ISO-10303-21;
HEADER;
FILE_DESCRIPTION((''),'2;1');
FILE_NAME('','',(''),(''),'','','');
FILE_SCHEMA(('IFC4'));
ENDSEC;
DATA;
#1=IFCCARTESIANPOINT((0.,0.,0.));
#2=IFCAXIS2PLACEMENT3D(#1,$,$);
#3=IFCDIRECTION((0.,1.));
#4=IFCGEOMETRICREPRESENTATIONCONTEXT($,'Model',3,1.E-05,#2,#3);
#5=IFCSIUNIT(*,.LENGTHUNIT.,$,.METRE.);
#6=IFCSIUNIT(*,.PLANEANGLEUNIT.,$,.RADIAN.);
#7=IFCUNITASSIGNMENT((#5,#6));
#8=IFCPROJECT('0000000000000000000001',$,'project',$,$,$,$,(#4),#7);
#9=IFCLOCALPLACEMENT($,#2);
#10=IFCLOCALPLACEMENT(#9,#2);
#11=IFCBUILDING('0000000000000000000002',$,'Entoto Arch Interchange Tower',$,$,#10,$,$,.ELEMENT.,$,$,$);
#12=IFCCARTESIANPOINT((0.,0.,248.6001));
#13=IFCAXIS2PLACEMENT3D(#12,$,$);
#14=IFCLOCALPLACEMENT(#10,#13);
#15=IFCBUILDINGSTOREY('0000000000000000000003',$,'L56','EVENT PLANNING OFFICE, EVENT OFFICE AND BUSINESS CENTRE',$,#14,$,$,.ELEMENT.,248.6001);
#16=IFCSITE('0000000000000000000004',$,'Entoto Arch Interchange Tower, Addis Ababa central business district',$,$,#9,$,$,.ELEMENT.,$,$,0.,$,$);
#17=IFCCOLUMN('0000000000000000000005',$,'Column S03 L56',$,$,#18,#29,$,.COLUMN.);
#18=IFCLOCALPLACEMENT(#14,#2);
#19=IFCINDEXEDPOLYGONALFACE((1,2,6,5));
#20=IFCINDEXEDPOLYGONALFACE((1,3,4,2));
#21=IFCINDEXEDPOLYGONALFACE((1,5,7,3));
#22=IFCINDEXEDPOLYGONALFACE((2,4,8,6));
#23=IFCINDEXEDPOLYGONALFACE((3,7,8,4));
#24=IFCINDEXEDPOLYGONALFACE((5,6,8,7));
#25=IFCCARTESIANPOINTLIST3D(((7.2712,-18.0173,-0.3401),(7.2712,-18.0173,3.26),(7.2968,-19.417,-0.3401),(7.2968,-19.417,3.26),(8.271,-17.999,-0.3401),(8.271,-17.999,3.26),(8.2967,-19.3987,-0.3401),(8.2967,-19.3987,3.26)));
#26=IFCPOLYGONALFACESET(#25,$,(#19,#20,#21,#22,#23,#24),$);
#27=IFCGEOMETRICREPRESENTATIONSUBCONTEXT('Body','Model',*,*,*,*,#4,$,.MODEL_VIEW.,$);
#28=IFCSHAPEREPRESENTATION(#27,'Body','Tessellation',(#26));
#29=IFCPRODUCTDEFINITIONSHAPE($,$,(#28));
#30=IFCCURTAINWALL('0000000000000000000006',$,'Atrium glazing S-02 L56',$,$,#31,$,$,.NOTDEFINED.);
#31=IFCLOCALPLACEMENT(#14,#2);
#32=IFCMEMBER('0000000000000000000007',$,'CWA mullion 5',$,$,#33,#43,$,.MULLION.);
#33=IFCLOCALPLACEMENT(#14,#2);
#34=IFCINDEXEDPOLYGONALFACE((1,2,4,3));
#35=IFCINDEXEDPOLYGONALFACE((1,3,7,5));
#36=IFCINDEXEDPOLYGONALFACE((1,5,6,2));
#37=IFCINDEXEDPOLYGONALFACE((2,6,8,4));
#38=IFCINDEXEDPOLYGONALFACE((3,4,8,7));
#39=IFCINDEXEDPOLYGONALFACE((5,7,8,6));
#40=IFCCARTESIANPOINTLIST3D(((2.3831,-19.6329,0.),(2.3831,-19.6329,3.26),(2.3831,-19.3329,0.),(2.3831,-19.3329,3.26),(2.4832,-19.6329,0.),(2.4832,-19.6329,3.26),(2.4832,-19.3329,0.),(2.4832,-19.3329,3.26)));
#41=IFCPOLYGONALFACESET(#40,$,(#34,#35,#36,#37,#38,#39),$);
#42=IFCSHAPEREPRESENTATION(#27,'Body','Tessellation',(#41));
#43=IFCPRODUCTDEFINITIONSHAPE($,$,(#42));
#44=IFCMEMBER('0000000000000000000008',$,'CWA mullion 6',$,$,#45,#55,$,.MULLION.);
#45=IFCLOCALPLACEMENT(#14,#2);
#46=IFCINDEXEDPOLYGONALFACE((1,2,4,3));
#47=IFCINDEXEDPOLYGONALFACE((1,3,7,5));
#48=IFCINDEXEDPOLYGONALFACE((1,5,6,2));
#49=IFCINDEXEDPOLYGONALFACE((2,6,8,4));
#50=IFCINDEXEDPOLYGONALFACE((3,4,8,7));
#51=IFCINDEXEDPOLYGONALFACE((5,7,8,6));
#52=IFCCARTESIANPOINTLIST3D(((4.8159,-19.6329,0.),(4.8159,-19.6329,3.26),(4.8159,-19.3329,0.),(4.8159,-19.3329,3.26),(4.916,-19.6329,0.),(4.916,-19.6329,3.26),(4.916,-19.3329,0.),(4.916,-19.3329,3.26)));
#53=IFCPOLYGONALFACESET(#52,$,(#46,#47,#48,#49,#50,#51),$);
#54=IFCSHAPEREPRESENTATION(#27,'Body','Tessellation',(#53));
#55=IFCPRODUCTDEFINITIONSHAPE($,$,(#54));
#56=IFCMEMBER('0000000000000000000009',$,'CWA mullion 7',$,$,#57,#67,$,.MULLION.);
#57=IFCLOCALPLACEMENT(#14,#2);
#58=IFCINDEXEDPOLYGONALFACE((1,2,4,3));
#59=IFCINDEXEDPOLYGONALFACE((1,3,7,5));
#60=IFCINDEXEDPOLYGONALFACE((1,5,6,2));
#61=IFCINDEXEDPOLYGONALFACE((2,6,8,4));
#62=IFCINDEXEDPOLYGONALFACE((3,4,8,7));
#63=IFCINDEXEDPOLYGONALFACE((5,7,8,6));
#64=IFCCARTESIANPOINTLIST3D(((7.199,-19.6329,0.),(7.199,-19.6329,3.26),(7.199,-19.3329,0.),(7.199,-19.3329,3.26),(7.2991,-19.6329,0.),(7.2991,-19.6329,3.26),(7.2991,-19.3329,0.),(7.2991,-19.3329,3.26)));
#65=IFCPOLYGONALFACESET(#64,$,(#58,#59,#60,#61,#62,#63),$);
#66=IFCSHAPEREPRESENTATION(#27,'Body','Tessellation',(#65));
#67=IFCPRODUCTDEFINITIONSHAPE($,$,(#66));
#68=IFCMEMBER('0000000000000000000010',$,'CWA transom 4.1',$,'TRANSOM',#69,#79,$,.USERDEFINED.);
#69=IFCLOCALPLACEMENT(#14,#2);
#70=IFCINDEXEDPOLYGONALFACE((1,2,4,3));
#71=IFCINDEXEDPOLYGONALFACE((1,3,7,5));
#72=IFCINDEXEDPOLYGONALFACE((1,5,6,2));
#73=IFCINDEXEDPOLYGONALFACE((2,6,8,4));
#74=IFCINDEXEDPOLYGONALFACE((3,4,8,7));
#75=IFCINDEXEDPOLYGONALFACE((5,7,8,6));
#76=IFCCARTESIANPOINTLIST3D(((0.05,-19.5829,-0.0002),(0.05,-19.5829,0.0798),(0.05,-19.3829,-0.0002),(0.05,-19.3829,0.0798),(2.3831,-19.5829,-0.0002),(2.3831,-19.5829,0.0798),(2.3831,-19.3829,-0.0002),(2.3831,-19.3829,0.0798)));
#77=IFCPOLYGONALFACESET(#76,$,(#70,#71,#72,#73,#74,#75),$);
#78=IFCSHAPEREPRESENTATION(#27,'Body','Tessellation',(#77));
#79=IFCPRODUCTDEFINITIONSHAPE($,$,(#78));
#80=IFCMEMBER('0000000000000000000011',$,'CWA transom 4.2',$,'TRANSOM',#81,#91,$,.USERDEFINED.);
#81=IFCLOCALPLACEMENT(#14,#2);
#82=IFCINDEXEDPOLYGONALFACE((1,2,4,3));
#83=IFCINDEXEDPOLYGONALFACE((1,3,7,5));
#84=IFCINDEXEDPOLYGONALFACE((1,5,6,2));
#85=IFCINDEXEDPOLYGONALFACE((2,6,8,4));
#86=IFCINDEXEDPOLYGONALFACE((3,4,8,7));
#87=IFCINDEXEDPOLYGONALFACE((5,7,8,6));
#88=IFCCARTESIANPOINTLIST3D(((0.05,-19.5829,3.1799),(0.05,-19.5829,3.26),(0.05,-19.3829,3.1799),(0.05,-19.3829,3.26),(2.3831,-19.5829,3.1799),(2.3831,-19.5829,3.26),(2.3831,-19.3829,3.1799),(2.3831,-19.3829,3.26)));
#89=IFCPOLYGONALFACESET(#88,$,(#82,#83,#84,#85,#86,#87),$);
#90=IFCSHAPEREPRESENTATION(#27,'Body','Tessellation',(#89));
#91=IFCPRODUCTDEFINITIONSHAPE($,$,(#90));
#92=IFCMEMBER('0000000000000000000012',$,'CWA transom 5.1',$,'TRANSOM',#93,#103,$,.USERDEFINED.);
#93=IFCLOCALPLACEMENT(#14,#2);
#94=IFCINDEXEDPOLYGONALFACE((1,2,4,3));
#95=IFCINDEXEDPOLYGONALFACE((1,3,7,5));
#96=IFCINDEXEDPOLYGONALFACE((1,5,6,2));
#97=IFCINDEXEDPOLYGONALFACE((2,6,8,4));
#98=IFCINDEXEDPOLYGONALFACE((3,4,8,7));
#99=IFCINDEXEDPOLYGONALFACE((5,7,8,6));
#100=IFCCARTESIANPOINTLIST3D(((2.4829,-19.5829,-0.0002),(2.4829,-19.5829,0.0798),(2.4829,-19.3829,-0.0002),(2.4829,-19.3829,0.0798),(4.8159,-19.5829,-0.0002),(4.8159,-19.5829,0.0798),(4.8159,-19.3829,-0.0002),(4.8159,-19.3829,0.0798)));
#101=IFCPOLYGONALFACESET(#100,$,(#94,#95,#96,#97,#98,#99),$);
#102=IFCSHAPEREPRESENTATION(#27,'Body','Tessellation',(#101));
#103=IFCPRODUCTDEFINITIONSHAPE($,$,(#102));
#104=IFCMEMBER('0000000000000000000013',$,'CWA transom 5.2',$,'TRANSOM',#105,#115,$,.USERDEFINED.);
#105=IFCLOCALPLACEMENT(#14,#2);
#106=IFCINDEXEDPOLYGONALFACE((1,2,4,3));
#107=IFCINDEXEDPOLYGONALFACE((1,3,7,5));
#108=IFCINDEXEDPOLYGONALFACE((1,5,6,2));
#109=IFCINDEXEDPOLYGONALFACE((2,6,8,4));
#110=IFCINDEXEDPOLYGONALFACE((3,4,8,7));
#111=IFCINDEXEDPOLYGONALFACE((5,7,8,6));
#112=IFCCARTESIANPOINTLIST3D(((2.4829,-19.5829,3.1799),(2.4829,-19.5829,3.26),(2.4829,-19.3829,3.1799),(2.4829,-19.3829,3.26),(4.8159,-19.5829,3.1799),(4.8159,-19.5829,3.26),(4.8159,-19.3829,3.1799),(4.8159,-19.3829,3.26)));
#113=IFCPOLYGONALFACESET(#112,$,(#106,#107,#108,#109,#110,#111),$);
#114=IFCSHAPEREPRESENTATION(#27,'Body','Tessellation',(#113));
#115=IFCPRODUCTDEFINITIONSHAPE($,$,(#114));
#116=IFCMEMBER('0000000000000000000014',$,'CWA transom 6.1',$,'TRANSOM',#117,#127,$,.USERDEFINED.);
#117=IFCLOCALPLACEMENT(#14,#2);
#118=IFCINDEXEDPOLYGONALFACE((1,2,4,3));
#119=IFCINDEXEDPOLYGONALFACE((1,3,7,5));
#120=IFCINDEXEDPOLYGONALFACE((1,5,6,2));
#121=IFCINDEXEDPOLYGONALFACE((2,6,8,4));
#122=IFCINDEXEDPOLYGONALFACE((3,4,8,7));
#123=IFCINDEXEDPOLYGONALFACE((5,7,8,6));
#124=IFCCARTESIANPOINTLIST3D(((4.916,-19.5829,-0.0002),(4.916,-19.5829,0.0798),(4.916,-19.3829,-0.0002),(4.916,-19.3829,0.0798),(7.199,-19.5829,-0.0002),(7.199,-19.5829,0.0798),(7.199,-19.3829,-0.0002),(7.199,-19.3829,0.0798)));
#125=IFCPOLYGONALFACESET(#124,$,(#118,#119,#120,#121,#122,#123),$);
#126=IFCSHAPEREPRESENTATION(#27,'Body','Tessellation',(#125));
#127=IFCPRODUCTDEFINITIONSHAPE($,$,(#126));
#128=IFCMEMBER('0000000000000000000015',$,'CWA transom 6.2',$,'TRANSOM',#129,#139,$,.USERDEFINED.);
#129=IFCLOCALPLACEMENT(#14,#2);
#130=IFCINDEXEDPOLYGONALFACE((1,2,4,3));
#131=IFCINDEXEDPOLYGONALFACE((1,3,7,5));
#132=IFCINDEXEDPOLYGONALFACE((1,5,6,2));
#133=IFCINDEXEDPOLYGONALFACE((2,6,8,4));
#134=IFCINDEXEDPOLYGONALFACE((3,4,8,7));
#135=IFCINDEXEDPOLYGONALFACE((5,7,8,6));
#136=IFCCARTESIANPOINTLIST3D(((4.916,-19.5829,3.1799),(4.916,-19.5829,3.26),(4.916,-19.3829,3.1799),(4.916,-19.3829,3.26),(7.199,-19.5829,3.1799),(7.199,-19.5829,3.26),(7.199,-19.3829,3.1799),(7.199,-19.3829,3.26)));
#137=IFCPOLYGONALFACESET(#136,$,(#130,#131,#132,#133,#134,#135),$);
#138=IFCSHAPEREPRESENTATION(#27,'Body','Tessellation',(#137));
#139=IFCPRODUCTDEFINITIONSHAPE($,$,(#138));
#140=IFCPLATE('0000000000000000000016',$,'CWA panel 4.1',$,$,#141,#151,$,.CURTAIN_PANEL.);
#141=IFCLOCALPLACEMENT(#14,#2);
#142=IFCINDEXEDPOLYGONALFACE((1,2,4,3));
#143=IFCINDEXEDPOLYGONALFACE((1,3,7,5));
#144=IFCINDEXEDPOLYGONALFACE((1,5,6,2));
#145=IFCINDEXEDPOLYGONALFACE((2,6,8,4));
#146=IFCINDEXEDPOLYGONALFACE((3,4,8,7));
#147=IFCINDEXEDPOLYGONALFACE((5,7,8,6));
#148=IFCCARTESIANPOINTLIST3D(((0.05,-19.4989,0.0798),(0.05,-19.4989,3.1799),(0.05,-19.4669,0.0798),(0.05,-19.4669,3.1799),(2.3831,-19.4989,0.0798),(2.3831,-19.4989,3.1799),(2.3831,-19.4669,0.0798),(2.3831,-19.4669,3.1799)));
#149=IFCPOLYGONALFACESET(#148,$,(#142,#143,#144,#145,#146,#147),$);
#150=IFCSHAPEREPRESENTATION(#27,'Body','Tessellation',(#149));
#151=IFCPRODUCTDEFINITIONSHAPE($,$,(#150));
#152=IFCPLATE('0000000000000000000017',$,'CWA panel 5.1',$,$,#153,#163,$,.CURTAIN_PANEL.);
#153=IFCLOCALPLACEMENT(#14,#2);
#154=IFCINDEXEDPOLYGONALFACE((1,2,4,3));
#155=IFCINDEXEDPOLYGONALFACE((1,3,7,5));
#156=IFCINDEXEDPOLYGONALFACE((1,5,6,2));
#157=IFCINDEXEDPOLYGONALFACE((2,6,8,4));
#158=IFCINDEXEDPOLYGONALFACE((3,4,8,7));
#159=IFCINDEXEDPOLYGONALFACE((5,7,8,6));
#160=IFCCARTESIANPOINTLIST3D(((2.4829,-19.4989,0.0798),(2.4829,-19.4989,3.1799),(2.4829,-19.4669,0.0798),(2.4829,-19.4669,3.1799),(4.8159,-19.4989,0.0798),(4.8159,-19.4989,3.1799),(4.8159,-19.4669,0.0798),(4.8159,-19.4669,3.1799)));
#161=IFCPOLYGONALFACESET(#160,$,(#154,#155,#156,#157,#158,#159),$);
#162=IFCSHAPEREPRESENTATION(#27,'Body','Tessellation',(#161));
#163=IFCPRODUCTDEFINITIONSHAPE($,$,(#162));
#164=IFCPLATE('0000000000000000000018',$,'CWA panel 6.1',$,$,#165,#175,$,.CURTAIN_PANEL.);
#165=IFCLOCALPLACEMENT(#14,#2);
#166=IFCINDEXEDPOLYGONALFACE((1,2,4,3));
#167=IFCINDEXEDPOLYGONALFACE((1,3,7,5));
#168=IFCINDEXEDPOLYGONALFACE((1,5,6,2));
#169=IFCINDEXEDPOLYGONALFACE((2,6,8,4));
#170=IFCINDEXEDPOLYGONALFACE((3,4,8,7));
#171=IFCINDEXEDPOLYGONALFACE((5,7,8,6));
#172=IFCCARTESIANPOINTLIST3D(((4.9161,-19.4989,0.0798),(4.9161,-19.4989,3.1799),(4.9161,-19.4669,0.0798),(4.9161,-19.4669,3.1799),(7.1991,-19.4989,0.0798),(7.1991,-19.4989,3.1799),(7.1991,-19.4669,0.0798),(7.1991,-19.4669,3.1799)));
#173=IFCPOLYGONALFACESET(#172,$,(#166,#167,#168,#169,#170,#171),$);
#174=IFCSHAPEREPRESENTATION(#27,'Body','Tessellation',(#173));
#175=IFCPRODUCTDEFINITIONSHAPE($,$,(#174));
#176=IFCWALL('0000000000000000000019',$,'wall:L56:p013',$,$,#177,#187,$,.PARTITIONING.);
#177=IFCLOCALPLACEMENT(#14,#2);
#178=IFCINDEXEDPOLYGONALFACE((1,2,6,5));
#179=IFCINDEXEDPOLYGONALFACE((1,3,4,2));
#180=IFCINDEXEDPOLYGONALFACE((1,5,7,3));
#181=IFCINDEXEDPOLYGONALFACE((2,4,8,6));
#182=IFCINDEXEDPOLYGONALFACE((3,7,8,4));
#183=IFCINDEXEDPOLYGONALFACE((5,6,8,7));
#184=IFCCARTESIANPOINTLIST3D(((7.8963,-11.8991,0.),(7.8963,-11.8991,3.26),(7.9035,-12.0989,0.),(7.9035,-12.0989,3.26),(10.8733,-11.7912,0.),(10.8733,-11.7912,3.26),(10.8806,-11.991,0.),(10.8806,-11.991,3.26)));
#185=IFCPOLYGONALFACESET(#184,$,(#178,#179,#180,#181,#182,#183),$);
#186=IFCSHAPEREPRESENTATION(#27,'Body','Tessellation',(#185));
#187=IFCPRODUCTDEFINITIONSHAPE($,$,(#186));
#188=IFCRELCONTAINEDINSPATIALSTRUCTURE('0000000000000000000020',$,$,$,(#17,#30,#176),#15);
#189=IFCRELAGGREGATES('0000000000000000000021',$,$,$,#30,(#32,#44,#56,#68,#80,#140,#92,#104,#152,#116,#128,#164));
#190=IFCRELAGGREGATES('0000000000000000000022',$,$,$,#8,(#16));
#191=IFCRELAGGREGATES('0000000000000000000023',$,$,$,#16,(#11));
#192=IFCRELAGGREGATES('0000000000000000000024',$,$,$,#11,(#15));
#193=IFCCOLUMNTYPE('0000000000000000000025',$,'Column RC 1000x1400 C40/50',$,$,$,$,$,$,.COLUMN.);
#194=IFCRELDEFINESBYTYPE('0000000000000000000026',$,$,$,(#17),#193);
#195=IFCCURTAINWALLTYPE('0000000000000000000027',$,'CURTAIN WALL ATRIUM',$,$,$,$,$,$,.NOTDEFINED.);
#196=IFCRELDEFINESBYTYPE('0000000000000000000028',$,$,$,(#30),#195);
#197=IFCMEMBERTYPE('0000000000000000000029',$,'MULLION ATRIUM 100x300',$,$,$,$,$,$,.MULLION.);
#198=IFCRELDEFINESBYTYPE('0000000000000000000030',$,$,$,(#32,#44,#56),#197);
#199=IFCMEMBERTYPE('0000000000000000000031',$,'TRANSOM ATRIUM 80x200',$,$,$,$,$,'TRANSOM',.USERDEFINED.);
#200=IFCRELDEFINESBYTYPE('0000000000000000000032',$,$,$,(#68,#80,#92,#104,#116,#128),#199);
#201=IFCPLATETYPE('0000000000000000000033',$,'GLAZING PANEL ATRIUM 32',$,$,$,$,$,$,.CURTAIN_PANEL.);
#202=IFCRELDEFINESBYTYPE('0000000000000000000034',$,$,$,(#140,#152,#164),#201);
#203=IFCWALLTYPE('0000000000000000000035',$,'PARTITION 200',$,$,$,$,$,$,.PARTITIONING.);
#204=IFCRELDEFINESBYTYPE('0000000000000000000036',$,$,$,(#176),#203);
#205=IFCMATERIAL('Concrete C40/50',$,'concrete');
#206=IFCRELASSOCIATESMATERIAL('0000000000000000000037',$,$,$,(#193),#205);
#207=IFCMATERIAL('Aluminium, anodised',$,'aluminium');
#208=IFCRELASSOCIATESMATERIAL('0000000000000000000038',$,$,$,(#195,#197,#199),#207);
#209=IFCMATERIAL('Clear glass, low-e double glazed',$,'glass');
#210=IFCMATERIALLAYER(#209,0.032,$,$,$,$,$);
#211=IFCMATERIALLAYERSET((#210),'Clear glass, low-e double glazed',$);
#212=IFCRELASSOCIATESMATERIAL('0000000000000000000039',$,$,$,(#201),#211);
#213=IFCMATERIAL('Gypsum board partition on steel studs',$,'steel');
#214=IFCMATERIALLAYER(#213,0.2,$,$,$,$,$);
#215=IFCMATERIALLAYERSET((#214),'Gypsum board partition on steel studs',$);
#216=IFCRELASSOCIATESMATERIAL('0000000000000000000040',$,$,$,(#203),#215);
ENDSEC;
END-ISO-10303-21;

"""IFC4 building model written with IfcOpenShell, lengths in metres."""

from ifc_helpers import new_model, si_unit, direction, frame, frame_2d, origin, origin_2d, place, context, subcontext, project, spatial, rectangle, extrude, material, layer, layer_set, material_profile, profile_set, type_object, element, aggregate, save


model = new_model("IFC4")

# Units and contexts
model_context = context("Model", 3, precision=1e-05, world=origin(), true_north=direction((0.0, 1.0)))
body_context = subcontext(model_context, "Body", "Model", "MODEL_VIEW")
ifc_project = project(units=[si_unit("LENGTHUNIT", "METRE"), si_unit("PLANEANGLEUNIT", "RADIAN")], contexts=[model_context])

# Site, building, storey
site_placement = place(None, origin())
site = spatial("IfcSite", under=ifc_project, at=site_placement, Name="Entoto Arch Interchange Tower, Addis Ababa central business district", CompositionType="ELEMENT", RefElevation=0.0)
building_placement = place(site_placement, origin())
building = spatial("IfcBuilding", under=site, at=building_placement, Name="Entoto Arch Interchange Tower", CompositionType="ELEMENT")
storey_placement = place(building_placement, frame((0.0, 0.0, 248.6001)))
storey = spatial("IfcBuildingStorey", under=building, at=storey_placement, Name="L56", Description="EVENT PLANNING OFFICE, EVENT OFFICE AND BUSINESS CENTRE", CompositionType="ELEMENT", Elevation=248.6001)

# Column
ifc_material_1 = material(Name="Concrete C40/50", Category="concrete")
ifc_material_profile_1 = material_profile(ifc_material_1, rectangle(XDim=1.0, YDim=1.3999, at=origin_2d()))
ifc_profile_set_1 = profile_set([ifc_material_profile_1], Name="Concrete C40/50")
column_type = type_object("IfcColumnType", Name="Column RC 1000x1400 C40/50", PredefinedType="COLUMN", material=ifc_profile_set_1)
column_placement = place(storey_placement, frame((7.7839, -18.708, -0.3401), z_axis=(0.0, 0.0, 1.0), x_axis=(0.999833, 0.01829, 0.0)))
element("IfcColumn", 1, at=column_placement, inside=storey, type_object=column_type, Name="Column S03 L56", PredefinedType="COLUMN", context=body_context, shape_type="SweptSolid", body=[
    extrude(rectangle(XDim=1.0, YDim=1.3999, at=origin_2d()), origin(), (0.0, 0.0, 1.0), 3.6001),
])

# Curtain wall, members, plates
ifc_material_2 = material(Name="Aluminium, anodised", Category="aluminium")
curtain_wall_type = type_object("IfcCurtainWallType", Name="CURTAIN WALL ATRIUM", PredefinedType="NOTDEFINED", material=ifc_material_2)
curtain_wall_placement = place(storey_placement, origin())
curtain_wall = element("IfcCurtainWall", 2, at=curtain_wall_placement, inside=storey, type_object=curtain_wall_type, Name="Atrium glazing S-02 L56", PredefinedType="NOTDEFINED")
ifc_material_profile_2 = material_profile(ifc_material_2, rectangle(XDim=0.3, YDim=0.1001, at=origin_2d()))
ifc_profile_set_2 = profile_set([ifc_material_profile_2], Name="Aluminium, anodised")
member_type_1 = type_object("IfcMemberType", Name="MULLION ATRIUM 100x300", PredefinedType="MULLION", material=ifc_profile_set_2)
member_1_placement = place(storey_placement, frame((2.4331, -19.4829, 0.0), z_axis=(0.0, 0.0, 1.0), x_axis=(0.0, 1.0, 0.0)))
member_1 = element("IfcMember", 3, at=member_1_placement, type_object=member_type_1, Name="CWA mullion 5", PredefinedType="MULLION", context=body_context, shape_type="SweptSolid", body=[
    extrude(rectangle(XDim=0.3, YDim=0.1001, at=origin_2d()), origin(), (0.0, 0.0, 1.0), 3.26),
])
member_2_placement = place(storey_placement, frame((4.866, -19.4829, 0.0), z_axis=(0.0, 0.0, 1.0), x_axis=(0.0, 1.0, 0.0)))
member_2 = element("IfcMember", 4, at=member_2_placement, type_object=member_type_1, Name="CWA mullion 6", PredefinedType="MULLION", context=body_context, shape_type="SweptSolid", body=[
    extrude(rectangle(XDim=0.3, YDim=0.1001, at=origin_2d()), origin(), (0.0, 0.0, 1.0), 3.26),
])
member_3_placement = place(storey_placement, frame((7.249, -19.4829, 0.0), z_axis=(0.0, 0.0, 1.0), x_axis=(0.0, 1.0, 0.0)))
member_3 = element("IfcMember", 5, at=member_3_placement, type_object=member_type_1, Name="CWA mullion 7", PredefinedType="MULLION", context=body_context, shape_type="SweptSolid", body=[
    extrude(rectangle(XDim=0.3, YDim=0.1001, at=origin_2d()), origin(), (0.0, 0.0, 1.0), 3.26),
])
ifc_material_profile_3 = material_profile(ifc_material_2, rectangle(XDim=0.2, YDim=0.0801, at=origin_2d()))
ifc_profile_set_3 = profile_set([ifc_material_profile_3], Name="Aluminium, anodised")
member_type_2 = type_object("IfcMemberType", Name="TRANSOM ATRIUM 80x200", ElementType="TRANSOM", PredefinedType="USERDEFINED", material=ifc_profile_set_3)
member_4_placement = place(storey_placement, frame((0.05, -19.4829, 0.0398), z_axis=(1.0, 0.0, 0.0), x_axis=(0.0, 1.0, 0.0)))
member_4 = element("IfcMember", 6, at=member_4_placement, type_object=member_type_2, Name="CWA transom 4.1", ObjectType="TRANSOM", PredefinedType="USERDEFINED", context=body_context, shape_type="SweptSolid", body=[
    extrude(rectangle(XDim=0.2, YDim=0.0801, at=origin_2d()), origin(), (0.0, 0.0, 1.0), 2.333),
])
member_5_placement = place(storey_placement, frame((0.05, -19.4829, 3.22), z_axis=(1.0, 0.0, 0.0), x_axis=(0.0, 1.0, 0.0)))
member_5 = element("IfcMember", 7, at=member_5_placement, type_object=member_type_2, Name="CWA transom 4.2", ObjectType="TRANSOM", PredefinedType="USERDEFINED", context=body_context, shape_type="SweptSolid", body=[
    extrude(rectangle(XDim=0.2, YDim=0.0801, at=origin_2d()), origin(), (0.0, 0.0, 1.0), 2.333),
])
member_6_placement = place(storey_placement, frame((2.4829, -19.4829, 0.0398), z_axis=(1.0, 0.0, 0.0), x_axis=(0.0, 1.0, 0.0)))
member_6 = element("IfcMember", 8, at=member_6_placement, type_object=member_type_2, Name="CWA transom 5.1", ObjectType="TRANSOM", PredefinedType="USERDEFINED", context=body_context, shape_type="SweptSolid", body=[
    extrude(rectangle(XDim=0.2, YDim=0.0801, at=origin_2d()), origin(), (0.0, 0.0, 1.0), 2.333),
])
member_7_placement = place(storey_placement, frame((2.4829, -19.4829, 3.22), z_axis=(1.0, 0.0, 0.0), x_axis=(0.0, 1.0, 0.0)))
member_7 = element("IfcMember", 9, at=member_7_placement, type_object=member_type_2, Name="CWA transom 5.2", ObjectType="TRANSOM", PredefinedType="USERDEFINED", context=body_context, shape_type="SweptSolid", body=[
    extrude(rectangle(XDim=0.2, YDim=0.0801, at=origin_2d()), origin(), (0.0, 0.0, 1.0), 2.333),
])
member_8_placement = place(storey_placement, frame((4.916, -19.4829, 0.0398), z_axis=(1.0, 0.0, 0.0), x_axis=(0.0, 1.0, 0.0)))
member_8 = element("IfcMember", 10, at=member_8_placement, type_object=member_type_2, Name="CWA transom 6.1", ObjectType="TRANSOM", PredefinedType="USERDEFINED", context=body_context, shape_type="SweptSolid", body=[
    extrude(rectangle(XDim=0.2, YDim=0.0801, at=origin_2d()), origin(), (0.0, 0.0, 1.0), 2.283),
])
member_9_placement = place(storey_placement, frame((4.916, -19.4829, 3.22), z_axis=(1.0, 0.0, 0.0), x_axis=(0.0, 1.0, 0.0)))
member_9 = element("IfcMember", 11, at=member_9_placement, type_object=member_type_2, Name="CWA transom 6.2", ObjectType="TRANSOM", PredefinedType="USERDEFINED", context=body_context, shape_type="SweptSolid", body=[
    extrude(rectangle(XDim=0.2, YDim=0.0801, at=origin_2d()), origin(), (0.0, 0.0, 1.0), 2.283),
])
ifc_material_3 = material(Name="Clear glass, low-e double glazed", Category="glass")
ifc_layer_1 = layer(ifc_material_3, 0.032)
ifc_layer_set_1 = layer_set([ifc_layer_1], Name="Clear glass, low-e double glazed")
plate_type = type_object("IfcPlateType", Name="GLAZING PANEL ATRIUM 32", PredefinedType="CURTAIN_PANEL", material=ifc_layer_set_1)
plate_1_placement = place(storey_placement, frame((1.2166, -19.4829, 0.0798), z_axis=(0.0, 0.0, 1.0), x_axis=(1.0, 0.0, 0.0)))
plate_1 = element("IfcPlate", 12, at=plate_1_placement, type_object=plate_type, Name="CWA panel 4.1", PredefinedType="CURTAIN_PANEL", context=body_context, shape_type="SweptSolid", body=[
    extrude(rectangle(XDim=2.333, YDim=0.032, at=origin_2d()), origin(), (0.0, 0.0, 1.0), 3.1001),
])
plate_2_placement = place(storey_placement, frame((3.6494, -19.4829, 0.0798), z_axis=(0.0, 0.0, 1.0), x_axis=(1.0, 0.0, 0.0)))
plate_2 = element("IfcPlate", 13, at=plate_2_placement, type_object=plate_type, Name="CWA panel 5.1", PredefinedType="CURTAIN_PANEL", context=body_context, shape_type="SweptSolid", body=[
    extrude(rectangle(XDim=2.333, YDim=0.032, at=origin_2d()), origin(), (0.0, 0.0, 1.0), 3.1001),
])
plate_3_placement = place(storey_placement, frame((6.0576, -19.4829, 0.0798), z_axis=(0.0, 0.0, 1.0), x_axis=(1.0, 0.0, 0.0)))
plate_3 = element("IfcPlate", 14, at=plate_3_placement, type_object=plate_type, Name="CWA panel 6.1", PredefinedType="CURTAIN_PANEL", context=body_context, shape_type="SweptSolid", body=[
    extrude(rectangle(XDim=2.283, YDim=0.032, at=origin_2d()), origin(), (0.0, 0.0, 1.0), 3.1001),
])
aggregate(curtain_wall, [member_1, member_2, member_3, member_4, member_5, plate_1, member_6, member_7, plate_2, member_8, member_9, plate_3])

# Wall
ifc_material_4 = material(Name="Gypsum board partition on steel studs", Category="steel")
ifc_layer_2 = layer(ifc_material_4, 0.2)
ifc_layer_set_2 = layer_set([ifc_layer_2], Name="Gypsum board partition on steel studs")
wall_type_1 = type_object("IfcWallType", Name="PARTITION 200", PredefinedType="PARTITIONING", material=ifc_layer_set_2)
wall_1_placement = place(storey_placement, frame((7.8999, -11.999, 0.0), z_axis=(0.0, 0.0, 1.0), x_axis=(0.999344, 0.036224, 0.0)))
element("IfcWall", 15, at=wall_1_placement, inside=storey, type_object=wall_type_1, Name="wall:L56:p013", PredefinedType="PARTITIONING", context=body_context, shape_type="SweptSolid", body=[
    extrude(rectangle(XDim=2.979, YDim=0.2, at=frame_2d((1.4895, 0.0))), origin(), (0.0, 0.0, 1.0), 3.26),
])

save(model, "model.ifc")
